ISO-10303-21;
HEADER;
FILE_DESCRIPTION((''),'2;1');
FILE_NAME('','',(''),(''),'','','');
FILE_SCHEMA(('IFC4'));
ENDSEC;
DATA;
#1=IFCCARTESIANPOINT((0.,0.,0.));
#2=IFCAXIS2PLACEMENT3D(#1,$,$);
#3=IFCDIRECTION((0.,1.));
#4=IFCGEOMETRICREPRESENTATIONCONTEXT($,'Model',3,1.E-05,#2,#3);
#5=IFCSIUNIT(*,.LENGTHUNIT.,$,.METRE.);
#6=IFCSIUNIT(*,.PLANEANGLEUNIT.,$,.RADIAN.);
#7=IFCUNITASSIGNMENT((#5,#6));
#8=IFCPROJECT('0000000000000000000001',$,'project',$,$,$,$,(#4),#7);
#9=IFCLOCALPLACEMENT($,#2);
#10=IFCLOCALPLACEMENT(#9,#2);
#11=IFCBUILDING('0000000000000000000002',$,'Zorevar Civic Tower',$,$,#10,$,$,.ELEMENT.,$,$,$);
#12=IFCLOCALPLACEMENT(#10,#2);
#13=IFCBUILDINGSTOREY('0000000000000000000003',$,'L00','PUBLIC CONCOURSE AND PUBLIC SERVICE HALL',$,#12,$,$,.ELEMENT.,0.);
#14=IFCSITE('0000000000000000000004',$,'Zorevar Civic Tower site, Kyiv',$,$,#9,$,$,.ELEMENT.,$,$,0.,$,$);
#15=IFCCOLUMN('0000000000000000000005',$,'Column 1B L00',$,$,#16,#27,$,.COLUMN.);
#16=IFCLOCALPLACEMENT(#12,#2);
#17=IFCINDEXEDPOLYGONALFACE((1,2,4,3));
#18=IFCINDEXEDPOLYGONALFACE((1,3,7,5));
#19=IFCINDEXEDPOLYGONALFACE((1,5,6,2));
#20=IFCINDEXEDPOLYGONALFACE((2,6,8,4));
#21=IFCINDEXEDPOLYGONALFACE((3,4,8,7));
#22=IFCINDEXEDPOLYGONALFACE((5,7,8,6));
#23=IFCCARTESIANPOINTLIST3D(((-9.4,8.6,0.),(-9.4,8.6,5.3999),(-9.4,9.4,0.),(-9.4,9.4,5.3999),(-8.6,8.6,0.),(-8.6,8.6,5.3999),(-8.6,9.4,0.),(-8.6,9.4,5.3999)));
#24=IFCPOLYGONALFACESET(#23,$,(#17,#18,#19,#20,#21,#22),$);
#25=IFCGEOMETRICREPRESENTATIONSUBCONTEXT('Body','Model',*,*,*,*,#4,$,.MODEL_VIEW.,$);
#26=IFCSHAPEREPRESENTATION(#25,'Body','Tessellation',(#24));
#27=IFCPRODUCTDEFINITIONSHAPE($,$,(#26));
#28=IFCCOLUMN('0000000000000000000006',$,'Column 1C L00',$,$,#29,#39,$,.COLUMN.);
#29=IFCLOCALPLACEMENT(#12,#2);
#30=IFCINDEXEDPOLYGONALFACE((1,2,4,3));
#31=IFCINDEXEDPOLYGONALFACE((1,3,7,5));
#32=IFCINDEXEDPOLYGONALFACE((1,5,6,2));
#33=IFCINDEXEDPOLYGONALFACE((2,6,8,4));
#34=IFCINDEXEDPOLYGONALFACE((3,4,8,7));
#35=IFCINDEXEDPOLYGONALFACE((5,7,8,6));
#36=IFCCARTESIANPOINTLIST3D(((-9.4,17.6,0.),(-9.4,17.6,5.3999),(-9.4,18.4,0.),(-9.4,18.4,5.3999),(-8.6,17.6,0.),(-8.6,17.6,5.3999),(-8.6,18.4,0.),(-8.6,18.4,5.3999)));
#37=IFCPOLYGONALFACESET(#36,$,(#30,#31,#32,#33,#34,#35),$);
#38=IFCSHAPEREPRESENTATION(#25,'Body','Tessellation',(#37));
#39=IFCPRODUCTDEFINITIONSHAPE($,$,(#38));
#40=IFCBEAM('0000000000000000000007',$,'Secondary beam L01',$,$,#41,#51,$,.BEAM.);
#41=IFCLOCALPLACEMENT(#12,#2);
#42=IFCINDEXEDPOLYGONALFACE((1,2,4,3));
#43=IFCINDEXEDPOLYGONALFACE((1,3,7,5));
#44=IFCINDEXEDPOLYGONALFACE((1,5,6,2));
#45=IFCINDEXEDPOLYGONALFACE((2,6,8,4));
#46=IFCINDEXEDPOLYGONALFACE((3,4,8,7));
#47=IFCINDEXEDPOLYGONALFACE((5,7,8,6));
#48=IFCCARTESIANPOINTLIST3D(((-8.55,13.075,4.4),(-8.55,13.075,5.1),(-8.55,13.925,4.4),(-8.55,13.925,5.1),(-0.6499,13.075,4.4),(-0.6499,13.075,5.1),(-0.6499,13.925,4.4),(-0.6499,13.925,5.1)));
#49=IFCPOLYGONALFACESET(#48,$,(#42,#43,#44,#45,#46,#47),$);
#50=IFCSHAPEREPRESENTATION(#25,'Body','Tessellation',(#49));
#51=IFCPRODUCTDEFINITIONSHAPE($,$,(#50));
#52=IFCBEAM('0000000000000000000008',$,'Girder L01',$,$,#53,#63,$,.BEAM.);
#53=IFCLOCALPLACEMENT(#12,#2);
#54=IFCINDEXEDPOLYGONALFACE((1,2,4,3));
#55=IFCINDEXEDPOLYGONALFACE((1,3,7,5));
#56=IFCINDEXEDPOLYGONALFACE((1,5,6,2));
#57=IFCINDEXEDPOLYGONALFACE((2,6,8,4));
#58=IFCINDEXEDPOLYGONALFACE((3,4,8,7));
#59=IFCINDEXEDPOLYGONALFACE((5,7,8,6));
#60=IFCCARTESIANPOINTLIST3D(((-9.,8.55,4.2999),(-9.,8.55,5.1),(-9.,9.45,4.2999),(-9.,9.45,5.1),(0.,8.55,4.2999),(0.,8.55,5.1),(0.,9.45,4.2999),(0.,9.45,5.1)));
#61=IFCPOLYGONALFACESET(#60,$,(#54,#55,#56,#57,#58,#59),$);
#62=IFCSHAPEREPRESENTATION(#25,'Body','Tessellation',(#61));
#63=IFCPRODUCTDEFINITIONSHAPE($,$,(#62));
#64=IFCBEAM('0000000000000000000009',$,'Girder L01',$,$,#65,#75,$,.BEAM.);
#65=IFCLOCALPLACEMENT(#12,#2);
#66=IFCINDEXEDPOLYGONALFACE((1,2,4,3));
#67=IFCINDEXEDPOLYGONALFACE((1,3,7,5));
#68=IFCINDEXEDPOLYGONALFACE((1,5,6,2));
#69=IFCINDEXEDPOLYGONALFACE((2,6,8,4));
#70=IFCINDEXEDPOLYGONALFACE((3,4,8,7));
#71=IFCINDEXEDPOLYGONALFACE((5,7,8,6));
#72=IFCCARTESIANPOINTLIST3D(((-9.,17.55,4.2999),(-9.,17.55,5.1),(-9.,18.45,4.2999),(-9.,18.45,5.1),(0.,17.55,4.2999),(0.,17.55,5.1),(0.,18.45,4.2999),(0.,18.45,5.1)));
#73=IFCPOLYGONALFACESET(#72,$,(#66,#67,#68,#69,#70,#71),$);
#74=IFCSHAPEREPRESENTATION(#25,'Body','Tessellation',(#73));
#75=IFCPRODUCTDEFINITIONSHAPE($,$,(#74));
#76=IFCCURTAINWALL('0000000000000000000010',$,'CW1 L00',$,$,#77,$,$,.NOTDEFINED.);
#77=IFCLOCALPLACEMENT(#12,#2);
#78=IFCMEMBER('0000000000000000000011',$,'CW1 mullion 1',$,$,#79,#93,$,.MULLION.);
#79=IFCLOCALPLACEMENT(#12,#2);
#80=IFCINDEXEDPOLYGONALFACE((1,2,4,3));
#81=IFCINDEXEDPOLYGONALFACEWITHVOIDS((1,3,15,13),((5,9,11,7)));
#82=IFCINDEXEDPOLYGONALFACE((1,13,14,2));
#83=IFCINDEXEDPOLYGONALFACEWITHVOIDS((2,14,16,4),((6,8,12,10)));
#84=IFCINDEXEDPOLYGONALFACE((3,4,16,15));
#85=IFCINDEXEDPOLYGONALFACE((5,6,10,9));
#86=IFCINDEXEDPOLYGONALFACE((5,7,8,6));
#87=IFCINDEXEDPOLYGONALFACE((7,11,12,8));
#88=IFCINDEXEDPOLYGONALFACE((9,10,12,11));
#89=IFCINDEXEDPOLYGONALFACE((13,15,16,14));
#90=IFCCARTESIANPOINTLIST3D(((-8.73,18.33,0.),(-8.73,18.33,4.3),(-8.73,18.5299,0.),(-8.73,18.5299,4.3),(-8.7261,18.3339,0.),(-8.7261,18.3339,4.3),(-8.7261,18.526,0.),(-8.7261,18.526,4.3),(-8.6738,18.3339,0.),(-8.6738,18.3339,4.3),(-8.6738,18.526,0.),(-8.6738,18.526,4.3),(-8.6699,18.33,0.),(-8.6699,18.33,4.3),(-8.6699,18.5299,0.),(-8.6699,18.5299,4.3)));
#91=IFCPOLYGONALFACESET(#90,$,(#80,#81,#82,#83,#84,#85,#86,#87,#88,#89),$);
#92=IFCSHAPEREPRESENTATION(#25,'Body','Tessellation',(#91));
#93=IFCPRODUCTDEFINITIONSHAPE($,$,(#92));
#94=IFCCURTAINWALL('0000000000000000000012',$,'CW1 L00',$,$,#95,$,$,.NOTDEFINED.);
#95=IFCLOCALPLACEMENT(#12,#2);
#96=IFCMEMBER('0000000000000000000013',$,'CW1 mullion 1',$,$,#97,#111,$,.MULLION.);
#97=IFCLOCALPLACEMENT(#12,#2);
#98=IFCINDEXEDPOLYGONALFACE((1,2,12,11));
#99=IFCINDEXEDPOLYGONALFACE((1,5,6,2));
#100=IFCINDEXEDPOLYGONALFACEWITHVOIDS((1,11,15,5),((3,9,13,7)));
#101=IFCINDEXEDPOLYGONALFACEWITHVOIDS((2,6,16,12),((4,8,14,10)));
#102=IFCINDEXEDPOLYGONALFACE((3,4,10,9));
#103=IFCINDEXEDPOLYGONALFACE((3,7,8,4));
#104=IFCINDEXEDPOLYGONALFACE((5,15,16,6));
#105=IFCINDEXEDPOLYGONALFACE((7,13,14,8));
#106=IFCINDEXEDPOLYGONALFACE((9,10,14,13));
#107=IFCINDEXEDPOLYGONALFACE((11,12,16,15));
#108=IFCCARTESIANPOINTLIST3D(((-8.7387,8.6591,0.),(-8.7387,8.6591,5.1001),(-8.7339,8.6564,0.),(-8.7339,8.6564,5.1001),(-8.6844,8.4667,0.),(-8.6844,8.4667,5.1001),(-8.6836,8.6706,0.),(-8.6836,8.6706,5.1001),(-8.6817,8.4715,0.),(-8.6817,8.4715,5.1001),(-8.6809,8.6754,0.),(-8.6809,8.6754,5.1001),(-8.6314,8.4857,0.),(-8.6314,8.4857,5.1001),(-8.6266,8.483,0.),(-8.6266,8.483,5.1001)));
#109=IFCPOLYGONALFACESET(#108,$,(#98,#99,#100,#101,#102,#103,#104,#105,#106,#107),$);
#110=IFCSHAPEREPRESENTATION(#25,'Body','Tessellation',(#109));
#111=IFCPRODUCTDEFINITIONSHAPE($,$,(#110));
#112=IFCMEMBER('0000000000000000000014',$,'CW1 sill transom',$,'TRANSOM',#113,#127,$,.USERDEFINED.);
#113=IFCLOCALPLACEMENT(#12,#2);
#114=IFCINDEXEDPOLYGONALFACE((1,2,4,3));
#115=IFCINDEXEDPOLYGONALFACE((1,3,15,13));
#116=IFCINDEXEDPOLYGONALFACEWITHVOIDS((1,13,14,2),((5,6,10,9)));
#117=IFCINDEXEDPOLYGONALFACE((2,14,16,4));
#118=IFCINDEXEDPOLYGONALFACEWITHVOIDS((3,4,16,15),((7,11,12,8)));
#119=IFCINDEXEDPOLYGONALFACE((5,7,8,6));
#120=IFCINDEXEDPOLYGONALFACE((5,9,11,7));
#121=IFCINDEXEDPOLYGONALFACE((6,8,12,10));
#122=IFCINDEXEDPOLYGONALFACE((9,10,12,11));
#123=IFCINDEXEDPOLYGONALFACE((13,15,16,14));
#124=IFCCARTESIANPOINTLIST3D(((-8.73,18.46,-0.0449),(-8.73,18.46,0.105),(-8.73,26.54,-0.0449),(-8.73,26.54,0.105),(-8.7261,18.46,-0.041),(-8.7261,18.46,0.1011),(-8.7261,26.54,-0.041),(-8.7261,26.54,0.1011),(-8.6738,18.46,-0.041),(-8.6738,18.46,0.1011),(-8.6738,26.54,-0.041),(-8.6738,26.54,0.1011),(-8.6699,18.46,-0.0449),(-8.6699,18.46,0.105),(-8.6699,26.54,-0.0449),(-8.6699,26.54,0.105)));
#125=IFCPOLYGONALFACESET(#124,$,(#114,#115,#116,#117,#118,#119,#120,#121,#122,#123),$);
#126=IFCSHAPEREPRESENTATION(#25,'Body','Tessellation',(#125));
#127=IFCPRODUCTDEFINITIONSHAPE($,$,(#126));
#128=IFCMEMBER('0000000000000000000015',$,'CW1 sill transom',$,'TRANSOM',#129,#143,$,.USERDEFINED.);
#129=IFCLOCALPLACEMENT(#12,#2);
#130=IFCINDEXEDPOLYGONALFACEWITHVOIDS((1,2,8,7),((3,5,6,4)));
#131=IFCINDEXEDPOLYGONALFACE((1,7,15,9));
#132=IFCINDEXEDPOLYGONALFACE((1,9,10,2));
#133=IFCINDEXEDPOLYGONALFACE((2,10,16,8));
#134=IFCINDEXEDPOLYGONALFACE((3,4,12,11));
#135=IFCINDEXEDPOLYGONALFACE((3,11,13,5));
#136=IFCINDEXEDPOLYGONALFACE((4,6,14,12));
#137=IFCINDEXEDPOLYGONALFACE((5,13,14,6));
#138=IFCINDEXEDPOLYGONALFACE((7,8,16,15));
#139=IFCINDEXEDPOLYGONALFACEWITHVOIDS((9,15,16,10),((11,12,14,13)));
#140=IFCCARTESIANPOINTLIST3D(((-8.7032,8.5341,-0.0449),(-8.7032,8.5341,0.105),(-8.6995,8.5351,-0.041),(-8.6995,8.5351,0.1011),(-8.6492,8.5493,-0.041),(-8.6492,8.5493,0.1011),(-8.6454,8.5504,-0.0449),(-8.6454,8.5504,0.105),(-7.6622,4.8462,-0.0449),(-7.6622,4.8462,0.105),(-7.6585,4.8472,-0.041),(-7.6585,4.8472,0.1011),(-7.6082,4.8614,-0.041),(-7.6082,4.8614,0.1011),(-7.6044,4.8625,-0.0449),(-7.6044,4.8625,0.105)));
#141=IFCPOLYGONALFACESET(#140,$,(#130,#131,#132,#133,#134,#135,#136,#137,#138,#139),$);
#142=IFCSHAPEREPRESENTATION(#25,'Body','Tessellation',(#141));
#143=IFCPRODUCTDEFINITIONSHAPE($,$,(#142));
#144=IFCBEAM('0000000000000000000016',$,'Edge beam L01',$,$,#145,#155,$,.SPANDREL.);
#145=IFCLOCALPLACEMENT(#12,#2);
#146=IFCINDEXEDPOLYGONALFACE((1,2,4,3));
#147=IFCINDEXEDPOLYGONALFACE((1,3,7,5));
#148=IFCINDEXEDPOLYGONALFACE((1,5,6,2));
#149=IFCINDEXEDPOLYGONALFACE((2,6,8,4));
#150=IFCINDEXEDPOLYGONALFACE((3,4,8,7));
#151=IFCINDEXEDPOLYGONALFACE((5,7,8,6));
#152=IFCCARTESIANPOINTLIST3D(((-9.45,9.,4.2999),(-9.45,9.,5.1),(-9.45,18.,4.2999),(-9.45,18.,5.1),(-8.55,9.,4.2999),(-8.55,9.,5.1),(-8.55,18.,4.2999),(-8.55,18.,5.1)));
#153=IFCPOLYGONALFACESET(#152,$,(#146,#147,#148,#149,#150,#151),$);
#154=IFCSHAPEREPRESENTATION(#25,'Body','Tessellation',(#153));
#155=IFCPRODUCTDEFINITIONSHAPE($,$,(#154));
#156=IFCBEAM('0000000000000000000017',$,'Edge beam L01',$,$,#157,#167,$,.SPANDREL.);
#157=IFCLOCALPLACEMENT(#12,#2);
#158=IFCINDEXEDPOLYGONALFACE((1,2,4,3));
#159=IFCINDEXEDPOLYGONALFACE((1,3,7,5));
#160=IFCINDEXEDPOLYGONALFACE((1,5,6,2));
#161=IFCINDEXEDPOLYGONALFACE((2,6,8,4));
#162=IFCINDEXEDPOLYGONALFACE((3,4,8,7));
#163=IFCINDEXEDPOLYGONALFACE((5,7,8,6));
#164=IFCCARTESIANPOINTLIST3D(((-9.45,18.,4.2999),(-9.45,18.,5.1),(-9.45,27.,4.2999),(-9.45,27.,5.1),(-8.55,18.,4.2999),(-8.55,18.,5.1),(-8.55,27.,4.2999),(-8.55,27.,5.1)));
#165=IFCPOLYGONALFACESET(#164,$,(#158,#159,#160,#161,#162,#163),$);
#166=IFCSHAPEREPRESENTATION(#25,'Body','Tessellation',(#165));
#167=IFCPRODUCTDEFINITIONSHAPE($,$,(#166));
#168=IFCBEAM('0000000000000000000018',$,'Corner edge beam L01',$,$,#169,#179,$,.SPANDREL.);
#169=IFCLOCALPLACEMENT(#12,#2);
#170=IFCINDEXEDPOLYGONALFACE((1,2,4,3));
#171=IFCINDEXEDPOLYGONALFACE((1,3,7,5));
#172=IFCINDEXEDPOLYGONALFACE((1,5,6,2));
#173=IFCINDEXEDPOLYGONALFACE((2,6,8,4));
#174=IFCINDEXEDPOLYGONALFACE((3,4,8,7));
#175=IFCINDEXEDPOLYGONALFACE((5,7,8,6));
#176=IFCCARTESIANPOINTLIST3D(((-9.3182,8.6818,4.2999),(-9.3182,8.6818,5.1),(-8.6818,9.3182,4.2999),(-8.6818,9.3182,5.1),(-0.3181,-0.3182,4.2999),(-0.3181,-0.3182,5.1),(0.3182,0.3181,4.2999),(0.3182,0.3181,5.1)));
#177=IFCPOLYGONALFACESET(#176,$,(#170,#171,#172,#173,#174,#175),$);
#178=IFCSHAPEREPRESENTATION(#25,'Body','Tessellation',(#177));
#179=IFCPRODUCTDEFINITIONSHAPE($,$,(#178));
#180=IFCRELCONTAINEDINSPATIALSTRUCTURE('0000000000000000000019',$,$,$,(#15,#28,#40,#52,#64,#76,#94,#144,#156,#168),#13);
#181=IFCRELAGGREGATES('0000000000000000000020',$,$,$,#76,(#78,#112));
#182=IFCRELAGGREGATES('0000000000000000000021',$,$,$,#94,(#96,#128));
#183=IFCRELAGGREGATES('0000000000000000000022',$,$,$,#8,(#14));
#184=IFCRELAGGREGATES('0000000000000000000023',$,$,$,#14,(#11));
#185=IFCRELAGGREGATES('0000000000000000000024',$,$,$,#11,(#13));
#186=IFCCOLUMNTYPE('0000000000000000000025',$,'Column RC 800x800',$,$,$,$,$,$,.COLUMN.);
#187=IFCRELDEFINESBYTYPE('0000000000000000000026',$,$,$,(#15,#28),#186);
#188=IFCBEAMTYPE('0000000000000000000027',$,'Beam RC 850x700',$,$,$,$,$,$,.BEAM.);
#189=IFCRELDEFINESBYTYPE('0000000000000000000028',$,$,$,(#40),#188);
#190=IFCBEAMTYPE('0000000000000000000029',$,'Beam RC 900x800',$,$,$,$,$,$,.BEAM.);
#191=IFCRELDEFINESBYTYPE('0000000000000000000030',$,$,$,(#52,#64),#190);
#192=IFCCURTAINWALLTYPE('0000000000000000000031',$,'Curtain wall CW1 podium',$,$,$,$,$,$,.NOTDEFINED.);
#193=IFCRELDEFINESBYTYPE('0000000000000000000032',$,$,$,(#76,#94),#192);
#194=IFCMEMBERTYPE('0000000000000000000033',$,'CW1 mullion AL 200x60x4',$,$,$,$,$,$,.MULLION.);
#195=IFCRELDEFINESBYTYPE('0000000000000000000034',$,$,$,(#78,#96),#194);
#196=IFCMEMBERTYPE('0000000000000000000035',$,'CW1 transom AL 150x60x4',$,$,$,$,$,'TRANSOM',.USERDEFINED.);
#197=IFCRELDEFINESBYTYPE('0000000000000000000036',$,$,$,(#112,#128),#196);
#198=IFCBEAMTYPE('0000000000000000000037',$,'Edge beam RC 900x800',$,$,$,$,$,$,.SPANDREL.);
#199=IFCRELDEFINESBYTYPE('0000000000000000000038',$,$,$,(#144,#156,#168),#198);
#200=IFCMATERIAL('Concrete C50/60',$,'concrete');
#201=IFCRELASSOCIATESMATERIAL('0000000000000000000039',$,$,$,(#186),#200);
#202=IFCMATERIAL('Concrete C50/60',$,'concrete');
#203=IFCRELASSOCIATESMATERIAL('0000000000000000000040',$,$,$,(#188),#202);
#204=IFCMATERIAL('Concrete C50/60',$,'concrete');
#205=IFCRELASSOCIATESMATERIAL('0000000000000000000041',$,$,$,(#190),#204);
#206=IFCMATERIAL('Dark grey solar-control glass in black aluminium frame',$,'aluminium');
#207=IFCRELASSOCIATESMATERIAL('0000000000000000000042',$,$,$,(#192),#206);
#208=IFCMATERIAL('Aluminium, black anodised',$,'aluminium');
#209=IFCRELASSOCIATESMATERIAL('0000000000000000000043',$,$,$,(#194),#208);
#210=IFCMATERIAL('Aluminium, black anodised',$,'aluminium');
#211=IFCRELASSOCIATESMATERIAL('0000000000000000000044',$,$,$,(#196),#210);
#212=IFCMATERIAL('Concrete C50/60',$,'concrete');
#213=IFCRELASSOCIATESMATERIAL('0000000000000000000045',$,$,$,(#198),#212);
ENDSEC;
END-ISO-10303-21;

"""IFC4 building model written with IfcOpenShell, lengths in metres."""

from ifc_helpers import new_model, si_unit, direction, frame, origin, origin_2d, place, context, subcontext, project, spatial, rectangle, hollow_rectangle, extrude, material, material_profile, profile_set, type_object, element, aggregate, save


model = new_model("IFC4")

# Units and contexts
model_context = context("Model", 3, precision=1e-05, world=origin(), true_north=direction((0.0, 1.0)))
body_context = subcontext(model_context, "Body", "Model", "MODEL_VIEW")
ifc_project = project(units=[si_unit("LENGTHUNIT", "METRE"), si_unit("PLANEANGLEUNIT", "RADIAN")], contexts=[model_context])

# Site, building, storey
site_placement = place(None, origin())
site = spatial("IfcSite", under=ifc_project, at=site_placement, Name="Zorevar Civic Tower site, Kyiv", CompositionType="ELEMENT", RefElevation=0.0)
building_placement = place(site_placement, origin())
building = spatial("IfcBuilding", under=site, at=building_placement, Name="Zorevar Civic Tower", CompositionType="ELEMENT")
storey_placement = place(building_placement, origin())
storey = spatial("IfcBuildingStorey", under=building, at=storey_placement, Name="L00", Description="PUBLIC CONCOURSE AND PUBLIC SERVICE HALL", CompositionType="ELEMENT", Elevation=0.0)

# Columns
ifc_material_1 = material(Name="Concrete C50/60", Category="concrete")
ifc_material_profile_1 = material_profile(ifc_material_1, rectangle(XDim=0.8, YDim=0.8, at=origin_2d()), Name="RC 800x800")
ifc_profile_set_1 = profile_set([ifc_material_profile_1], Name="Concrete C50/60")
column_type = type_object("IfcColumnType", Name="Column RC 800x800", PredefinedType="COLUMN", material=ifc_profile_set_1)
for number, where, z_axis, x_axis, name in (
    (1, (-9.0, 9.0, 0.0), (0.0, 0.0, 1.0), (1.0, 0.0, 0.0), "Column 1B L00"),
    (2, (-9.0, 18.0, 0.0), (0.0, 0.0, 1.0), (1.0, 0.0, 0.0), "Column 1C L00"),
):
    element("IfcColumn", number, at=place(storey_placement, frame(where, z_axis=z_axis, x_axis=x_axis)), inside=storey, type_object=column_type, Name=name, PredefinedType="COLUMN", context=body_context, shape_type="SweptSolid", body=[
        extrude(rectangle(XDim=0.8, YDim=0.8, at=origin_2d()), origin(), (0.0, 0.0, 1.0), 5.3999),
    ])

# Beams
ifc_material_2 = material(Name="Concrete C50/60", Category="concrete")
ifc_material_profile_2 = material_profile(ifc_material_2, rectangle(XDim=0.8501, YDim=0.7, at=origin_2d()), Name="RC 850x700")
ifc_profile_set_2 = profile_set([ifc_material_profile_2], Name="Concrete C50/60")
beam_type_1 = type_object("IfcBeamType", Name="Beam RC 850x700", PredefinedType="BEAM", material=ifc_profile_set_2)
beam_1_placement = place(storey_placement, frame((-8.55, 13.5, 4.75), z_axis=(1.0, 0.0, 0.0), x_axis=(0.0, 1.0, 0.0)))
element("IfcBeam", 3, at=beam_1_placement, inside=storey, type_object=beam_type_1, Name="Secondary beam L01", PredefinedType="BEAM", context=body_context, shape_type="SweptSolid", body=[
    extrude(rectangle(XDim=0.8501, YDim=0.7, at=origin_2d()), origin(), (0.0, 0.0, 1.0), 7.9001),
])
ifc_material_3 = material(Name="Concrete C50/60", Category="concrete")
ifc_material_profile_3 = material_profile(ifc_material_3, rectangle(XDim=0.8999, YDim=0.8, at=origin_2d()), Name="RC 900x800")
ifc_profile_set_3 = profile_set([ifc_material_profile_3], Name="Concrete C50/60")
beam_type_2 = type_object("IfcBeamType", Name="Beam RC 900x800", PredefinedType="BEAM", material=ifc_profile_set_3)
for number, where, z_axis, x_axis, name in (
    (4, (-9.0, 9.0, 4.7), (1.0, 0.0, 0.0), (0.0, 1.0, 0.0), "Girder L01"),
    (5, (-9.0, 18.0, 4.7), (1.0, 0.0, 0.0), (0.0, 1.0, 0.0), "Girder L01"),
):
    element("IfcBeam", number, at=place(storey_placement, frame(where, z_axis=z_axis, x_axis=x_axis)), inside=storey, type_object=beam_type_2, Name=name, PredefinedType="BEAM", context=body_context, shape_type="SweptSolid", body=[
        extrude(rectangle(XDim=0.8999, YDim=0.8, at=origin_2d()), origin(), (0.0, 0.0, 1.0), 9.0),
    ])

# Curtain walls, members
ifc_material_4 = material(Name="Dark grey solar-control glass in black aluminium frame", Category="aluminium")
curtain_wall_type = type_object("IfcCurtainWallType", Name="Curtain wall CW1 podium", PredefinedType="NOTDEFINED", material=ifc_material_4)
curtain_wall_1_placement = place(storey_placement, origin())
curtain_wall_1 = element("IfcCurtainWall", 6, at=curtain_wall_1_placement, inside=storey, type_object=curtain_wall_type, Name="CW1 L00", PredefinedType="NOTDEFINED")
ifc_material_5 = material(Name="Aluminium, black anodised", Category="aluminium")
ifc_material_profile_4 = material_profile(ifc_material_5, hollow_rectangle(XDim=0.0601, YDim=0.2, WallThickness=0.0039, at=origin_2d()), Name="AL 200x60x4")
ifc_profile_set_4 = profile_set([ifc_material_profile_4], Name="Aluminium, black anodised")
member_type_1 = type_object("IfcMemberType", Name="CW1 mullion AL 200x60x4", PredefinedType="MULLION", material=ifc_profile_set_4)
member_1_placement = place(storey_placement, frame((-8.7, 18.4299, 0.0), z_axis=(0.0, 0.0, 1.0), x_axis=(-1.0, 0.0, 0.0)))
member_1 = element("IfcMember", 7, at=member_1_placement, type_object=member_type_1, Name="CW1 mullion 1", PredefinedType="MULLION", context=body_context, shape_type="SweptSolid", body=[
    extrude(hollow_rectangle(XDim=0.0601, YDim=0.2, WallThickness=0.0039, at=origin_2d()), origin(), (0.0, 0.0, 1.0), 4.3),
])
curtain_wall_2_placement = place(storey_placement, origin())
curtain_wall_2 = element("IfcCurtainWall", 8, at=curtain_wall_2_placement, inside=storey, type_object=curtain_wall_type, Name="CW1 L00", PredefinedType="NOTDEFINED")
member_2_placement = place(storey_placement, frame((-8.6826, 8.571, 0.0), z_axis=(0.0, 0.0, 1.0), x_axis=(0.962391, 0.271669, 0.0)))
member_2 = element("IfcMember", 9, at=member_2_placement, type_object=member_type_1, Name="CW1 mullion 1", PredefinedType="MULLION", context=body_context, shape_type="SweptSolid", body=[
    extrude(hollow_rectangle(XDim=0.0601, YDim=0.2, WallThickness=0.0039, at=origin_2d()), origin(), (0.0, 0.0, 1.0), 5.1001),
])

# Members
ifc_material_6 = material(Name="Aluminium, black anodised", Category="aluminium")
ifc_material_profile_5 = material_profile(ifc_material_6, hollow_rectangle(XDim=0.0601, YDim=0.1499, WallThickness=0.0039, at=origin_2d()), Name="AL 150x60x4")
ifc_profile_set_5 = profile_set([ifc_material_profile_5], Name="Aluminium, black anodised")
member_type_2 = type_object("IfcMemberType", Name="CW1 transom AL 150x60x4", ElementType="TRANSOM", PredefinedType="USERDEFINED", material=ifc_profile_set_5)
member_3_placement = place(storey_placement, frame((-8.7, 18.46, 0.03), z_axis=(0.0, 1.0, 0.0), x_axis=(-1.0, 0.0, 0.0)))
member_3 = element("IfcMember", 10, at=member_3_placement, type_object=member_type_2, Name="CW1 sill transom", ObjectType="TRANSOM", PredefinedType="USERDEFINED", context=body_context, shape_type="SweptSolid", body=[
    extrude(hollow_rectangle(XDim=0.0601, YDim=0.1499, WallThickness=0.0039, at=origin_2d()), origin(), (0.0, 0.0, 1.0), 8.0801),
])
aggregate(curtain_wall_1, [member_1, member_3])
member_4_placement = place(storey_placement, frame((-8.6743, 8.5422, 0.03), z_axis=(0.271657, -0.962394, 0.0), x_axis=(0.962394, 0.271657, 0.0)))
member_4 = element("IfcMember", 11, at=member_4_placement, type_object=member_type_2, Name="CW1 sill transom", ObjectType="TRANSOM", PredefinedType="USERDEFINED", context=body_context, shape_type="SweptSolid", body=[
    extrude(hollow_rectangle(XDim=0.0601, YDim=0.1499, WallThickness=0.0039, at=origin_2d()), origin(), (0.0, 0.0, 1.0), 3.832),
])
aggregate(curtain_wall_2, [member_2, member_4])

# Beams
ifc_material_7 = material(Name="Concrete C50/60", Category="concrete")
ifc_material_profile_6 = material_profile(ifc_material_7, rectangle(XDim=0.8999, YDim=0.8, at=origin_2d()), Name="RC 900x800")
ifc_profile_set_6 = profile_set([ifc_material_profile_6], Name="Concrete C50/60")
beam_type_3 = type_object("IfcBeamType", Name="Edge beam RC 900x800", PredefinedType="SPANDREL", material=ifc_profile_set_6)
for number, where, z_axis, x_axis, name in (
    (12, (-9.0, 9.0, 4.7), (0.0, 1.0, 0.0), (-1.0, 0.0, 0.0), "Edge beam L01"),
    (13, (-9.0, 18.0, 4.7), (0.0, 1.0, 0.0), (-1.0, 0.0, 0.0), "Edge beam L01"),
):
    element("IfcBeam", number, at=place(storey_placement, frame(where, z_axis=z_axis, x_axis=x_axis)), inside=storey, type_object=beam_type_3, Name=name, PredefinedType="SPANDREL", context=body_context, shape_type="SweptSolid", body=[
        extrude(rectangle(XDim=0.8999, YDim=0.8, at=origin_2d()), origin(), (0.0, 0.0, 1.0), 9.0),
    ])
beam_2_placement = place(storey_placement, frame((-9.0, 9.0, 4.7), z_axis=(0.707107, -0.707107, 0.0), x_axis=(0.707107, 0.707107, 0.0)))
element("IfcBeam", 14, at=beam_2_placement, inside=storey, type_object=beam_type_3, Name="Corner edge beam L01", PredefinedType="SPANDREL", context=body_context, shape_type="SweptSolid", body=[
    extrude(rectangle(XDim=0.8999, YDim=0.8, at=origin_2d()), origin(), (0.0, 0.0, 1.0), 12.728),
])

save(model, "model.ifc")
